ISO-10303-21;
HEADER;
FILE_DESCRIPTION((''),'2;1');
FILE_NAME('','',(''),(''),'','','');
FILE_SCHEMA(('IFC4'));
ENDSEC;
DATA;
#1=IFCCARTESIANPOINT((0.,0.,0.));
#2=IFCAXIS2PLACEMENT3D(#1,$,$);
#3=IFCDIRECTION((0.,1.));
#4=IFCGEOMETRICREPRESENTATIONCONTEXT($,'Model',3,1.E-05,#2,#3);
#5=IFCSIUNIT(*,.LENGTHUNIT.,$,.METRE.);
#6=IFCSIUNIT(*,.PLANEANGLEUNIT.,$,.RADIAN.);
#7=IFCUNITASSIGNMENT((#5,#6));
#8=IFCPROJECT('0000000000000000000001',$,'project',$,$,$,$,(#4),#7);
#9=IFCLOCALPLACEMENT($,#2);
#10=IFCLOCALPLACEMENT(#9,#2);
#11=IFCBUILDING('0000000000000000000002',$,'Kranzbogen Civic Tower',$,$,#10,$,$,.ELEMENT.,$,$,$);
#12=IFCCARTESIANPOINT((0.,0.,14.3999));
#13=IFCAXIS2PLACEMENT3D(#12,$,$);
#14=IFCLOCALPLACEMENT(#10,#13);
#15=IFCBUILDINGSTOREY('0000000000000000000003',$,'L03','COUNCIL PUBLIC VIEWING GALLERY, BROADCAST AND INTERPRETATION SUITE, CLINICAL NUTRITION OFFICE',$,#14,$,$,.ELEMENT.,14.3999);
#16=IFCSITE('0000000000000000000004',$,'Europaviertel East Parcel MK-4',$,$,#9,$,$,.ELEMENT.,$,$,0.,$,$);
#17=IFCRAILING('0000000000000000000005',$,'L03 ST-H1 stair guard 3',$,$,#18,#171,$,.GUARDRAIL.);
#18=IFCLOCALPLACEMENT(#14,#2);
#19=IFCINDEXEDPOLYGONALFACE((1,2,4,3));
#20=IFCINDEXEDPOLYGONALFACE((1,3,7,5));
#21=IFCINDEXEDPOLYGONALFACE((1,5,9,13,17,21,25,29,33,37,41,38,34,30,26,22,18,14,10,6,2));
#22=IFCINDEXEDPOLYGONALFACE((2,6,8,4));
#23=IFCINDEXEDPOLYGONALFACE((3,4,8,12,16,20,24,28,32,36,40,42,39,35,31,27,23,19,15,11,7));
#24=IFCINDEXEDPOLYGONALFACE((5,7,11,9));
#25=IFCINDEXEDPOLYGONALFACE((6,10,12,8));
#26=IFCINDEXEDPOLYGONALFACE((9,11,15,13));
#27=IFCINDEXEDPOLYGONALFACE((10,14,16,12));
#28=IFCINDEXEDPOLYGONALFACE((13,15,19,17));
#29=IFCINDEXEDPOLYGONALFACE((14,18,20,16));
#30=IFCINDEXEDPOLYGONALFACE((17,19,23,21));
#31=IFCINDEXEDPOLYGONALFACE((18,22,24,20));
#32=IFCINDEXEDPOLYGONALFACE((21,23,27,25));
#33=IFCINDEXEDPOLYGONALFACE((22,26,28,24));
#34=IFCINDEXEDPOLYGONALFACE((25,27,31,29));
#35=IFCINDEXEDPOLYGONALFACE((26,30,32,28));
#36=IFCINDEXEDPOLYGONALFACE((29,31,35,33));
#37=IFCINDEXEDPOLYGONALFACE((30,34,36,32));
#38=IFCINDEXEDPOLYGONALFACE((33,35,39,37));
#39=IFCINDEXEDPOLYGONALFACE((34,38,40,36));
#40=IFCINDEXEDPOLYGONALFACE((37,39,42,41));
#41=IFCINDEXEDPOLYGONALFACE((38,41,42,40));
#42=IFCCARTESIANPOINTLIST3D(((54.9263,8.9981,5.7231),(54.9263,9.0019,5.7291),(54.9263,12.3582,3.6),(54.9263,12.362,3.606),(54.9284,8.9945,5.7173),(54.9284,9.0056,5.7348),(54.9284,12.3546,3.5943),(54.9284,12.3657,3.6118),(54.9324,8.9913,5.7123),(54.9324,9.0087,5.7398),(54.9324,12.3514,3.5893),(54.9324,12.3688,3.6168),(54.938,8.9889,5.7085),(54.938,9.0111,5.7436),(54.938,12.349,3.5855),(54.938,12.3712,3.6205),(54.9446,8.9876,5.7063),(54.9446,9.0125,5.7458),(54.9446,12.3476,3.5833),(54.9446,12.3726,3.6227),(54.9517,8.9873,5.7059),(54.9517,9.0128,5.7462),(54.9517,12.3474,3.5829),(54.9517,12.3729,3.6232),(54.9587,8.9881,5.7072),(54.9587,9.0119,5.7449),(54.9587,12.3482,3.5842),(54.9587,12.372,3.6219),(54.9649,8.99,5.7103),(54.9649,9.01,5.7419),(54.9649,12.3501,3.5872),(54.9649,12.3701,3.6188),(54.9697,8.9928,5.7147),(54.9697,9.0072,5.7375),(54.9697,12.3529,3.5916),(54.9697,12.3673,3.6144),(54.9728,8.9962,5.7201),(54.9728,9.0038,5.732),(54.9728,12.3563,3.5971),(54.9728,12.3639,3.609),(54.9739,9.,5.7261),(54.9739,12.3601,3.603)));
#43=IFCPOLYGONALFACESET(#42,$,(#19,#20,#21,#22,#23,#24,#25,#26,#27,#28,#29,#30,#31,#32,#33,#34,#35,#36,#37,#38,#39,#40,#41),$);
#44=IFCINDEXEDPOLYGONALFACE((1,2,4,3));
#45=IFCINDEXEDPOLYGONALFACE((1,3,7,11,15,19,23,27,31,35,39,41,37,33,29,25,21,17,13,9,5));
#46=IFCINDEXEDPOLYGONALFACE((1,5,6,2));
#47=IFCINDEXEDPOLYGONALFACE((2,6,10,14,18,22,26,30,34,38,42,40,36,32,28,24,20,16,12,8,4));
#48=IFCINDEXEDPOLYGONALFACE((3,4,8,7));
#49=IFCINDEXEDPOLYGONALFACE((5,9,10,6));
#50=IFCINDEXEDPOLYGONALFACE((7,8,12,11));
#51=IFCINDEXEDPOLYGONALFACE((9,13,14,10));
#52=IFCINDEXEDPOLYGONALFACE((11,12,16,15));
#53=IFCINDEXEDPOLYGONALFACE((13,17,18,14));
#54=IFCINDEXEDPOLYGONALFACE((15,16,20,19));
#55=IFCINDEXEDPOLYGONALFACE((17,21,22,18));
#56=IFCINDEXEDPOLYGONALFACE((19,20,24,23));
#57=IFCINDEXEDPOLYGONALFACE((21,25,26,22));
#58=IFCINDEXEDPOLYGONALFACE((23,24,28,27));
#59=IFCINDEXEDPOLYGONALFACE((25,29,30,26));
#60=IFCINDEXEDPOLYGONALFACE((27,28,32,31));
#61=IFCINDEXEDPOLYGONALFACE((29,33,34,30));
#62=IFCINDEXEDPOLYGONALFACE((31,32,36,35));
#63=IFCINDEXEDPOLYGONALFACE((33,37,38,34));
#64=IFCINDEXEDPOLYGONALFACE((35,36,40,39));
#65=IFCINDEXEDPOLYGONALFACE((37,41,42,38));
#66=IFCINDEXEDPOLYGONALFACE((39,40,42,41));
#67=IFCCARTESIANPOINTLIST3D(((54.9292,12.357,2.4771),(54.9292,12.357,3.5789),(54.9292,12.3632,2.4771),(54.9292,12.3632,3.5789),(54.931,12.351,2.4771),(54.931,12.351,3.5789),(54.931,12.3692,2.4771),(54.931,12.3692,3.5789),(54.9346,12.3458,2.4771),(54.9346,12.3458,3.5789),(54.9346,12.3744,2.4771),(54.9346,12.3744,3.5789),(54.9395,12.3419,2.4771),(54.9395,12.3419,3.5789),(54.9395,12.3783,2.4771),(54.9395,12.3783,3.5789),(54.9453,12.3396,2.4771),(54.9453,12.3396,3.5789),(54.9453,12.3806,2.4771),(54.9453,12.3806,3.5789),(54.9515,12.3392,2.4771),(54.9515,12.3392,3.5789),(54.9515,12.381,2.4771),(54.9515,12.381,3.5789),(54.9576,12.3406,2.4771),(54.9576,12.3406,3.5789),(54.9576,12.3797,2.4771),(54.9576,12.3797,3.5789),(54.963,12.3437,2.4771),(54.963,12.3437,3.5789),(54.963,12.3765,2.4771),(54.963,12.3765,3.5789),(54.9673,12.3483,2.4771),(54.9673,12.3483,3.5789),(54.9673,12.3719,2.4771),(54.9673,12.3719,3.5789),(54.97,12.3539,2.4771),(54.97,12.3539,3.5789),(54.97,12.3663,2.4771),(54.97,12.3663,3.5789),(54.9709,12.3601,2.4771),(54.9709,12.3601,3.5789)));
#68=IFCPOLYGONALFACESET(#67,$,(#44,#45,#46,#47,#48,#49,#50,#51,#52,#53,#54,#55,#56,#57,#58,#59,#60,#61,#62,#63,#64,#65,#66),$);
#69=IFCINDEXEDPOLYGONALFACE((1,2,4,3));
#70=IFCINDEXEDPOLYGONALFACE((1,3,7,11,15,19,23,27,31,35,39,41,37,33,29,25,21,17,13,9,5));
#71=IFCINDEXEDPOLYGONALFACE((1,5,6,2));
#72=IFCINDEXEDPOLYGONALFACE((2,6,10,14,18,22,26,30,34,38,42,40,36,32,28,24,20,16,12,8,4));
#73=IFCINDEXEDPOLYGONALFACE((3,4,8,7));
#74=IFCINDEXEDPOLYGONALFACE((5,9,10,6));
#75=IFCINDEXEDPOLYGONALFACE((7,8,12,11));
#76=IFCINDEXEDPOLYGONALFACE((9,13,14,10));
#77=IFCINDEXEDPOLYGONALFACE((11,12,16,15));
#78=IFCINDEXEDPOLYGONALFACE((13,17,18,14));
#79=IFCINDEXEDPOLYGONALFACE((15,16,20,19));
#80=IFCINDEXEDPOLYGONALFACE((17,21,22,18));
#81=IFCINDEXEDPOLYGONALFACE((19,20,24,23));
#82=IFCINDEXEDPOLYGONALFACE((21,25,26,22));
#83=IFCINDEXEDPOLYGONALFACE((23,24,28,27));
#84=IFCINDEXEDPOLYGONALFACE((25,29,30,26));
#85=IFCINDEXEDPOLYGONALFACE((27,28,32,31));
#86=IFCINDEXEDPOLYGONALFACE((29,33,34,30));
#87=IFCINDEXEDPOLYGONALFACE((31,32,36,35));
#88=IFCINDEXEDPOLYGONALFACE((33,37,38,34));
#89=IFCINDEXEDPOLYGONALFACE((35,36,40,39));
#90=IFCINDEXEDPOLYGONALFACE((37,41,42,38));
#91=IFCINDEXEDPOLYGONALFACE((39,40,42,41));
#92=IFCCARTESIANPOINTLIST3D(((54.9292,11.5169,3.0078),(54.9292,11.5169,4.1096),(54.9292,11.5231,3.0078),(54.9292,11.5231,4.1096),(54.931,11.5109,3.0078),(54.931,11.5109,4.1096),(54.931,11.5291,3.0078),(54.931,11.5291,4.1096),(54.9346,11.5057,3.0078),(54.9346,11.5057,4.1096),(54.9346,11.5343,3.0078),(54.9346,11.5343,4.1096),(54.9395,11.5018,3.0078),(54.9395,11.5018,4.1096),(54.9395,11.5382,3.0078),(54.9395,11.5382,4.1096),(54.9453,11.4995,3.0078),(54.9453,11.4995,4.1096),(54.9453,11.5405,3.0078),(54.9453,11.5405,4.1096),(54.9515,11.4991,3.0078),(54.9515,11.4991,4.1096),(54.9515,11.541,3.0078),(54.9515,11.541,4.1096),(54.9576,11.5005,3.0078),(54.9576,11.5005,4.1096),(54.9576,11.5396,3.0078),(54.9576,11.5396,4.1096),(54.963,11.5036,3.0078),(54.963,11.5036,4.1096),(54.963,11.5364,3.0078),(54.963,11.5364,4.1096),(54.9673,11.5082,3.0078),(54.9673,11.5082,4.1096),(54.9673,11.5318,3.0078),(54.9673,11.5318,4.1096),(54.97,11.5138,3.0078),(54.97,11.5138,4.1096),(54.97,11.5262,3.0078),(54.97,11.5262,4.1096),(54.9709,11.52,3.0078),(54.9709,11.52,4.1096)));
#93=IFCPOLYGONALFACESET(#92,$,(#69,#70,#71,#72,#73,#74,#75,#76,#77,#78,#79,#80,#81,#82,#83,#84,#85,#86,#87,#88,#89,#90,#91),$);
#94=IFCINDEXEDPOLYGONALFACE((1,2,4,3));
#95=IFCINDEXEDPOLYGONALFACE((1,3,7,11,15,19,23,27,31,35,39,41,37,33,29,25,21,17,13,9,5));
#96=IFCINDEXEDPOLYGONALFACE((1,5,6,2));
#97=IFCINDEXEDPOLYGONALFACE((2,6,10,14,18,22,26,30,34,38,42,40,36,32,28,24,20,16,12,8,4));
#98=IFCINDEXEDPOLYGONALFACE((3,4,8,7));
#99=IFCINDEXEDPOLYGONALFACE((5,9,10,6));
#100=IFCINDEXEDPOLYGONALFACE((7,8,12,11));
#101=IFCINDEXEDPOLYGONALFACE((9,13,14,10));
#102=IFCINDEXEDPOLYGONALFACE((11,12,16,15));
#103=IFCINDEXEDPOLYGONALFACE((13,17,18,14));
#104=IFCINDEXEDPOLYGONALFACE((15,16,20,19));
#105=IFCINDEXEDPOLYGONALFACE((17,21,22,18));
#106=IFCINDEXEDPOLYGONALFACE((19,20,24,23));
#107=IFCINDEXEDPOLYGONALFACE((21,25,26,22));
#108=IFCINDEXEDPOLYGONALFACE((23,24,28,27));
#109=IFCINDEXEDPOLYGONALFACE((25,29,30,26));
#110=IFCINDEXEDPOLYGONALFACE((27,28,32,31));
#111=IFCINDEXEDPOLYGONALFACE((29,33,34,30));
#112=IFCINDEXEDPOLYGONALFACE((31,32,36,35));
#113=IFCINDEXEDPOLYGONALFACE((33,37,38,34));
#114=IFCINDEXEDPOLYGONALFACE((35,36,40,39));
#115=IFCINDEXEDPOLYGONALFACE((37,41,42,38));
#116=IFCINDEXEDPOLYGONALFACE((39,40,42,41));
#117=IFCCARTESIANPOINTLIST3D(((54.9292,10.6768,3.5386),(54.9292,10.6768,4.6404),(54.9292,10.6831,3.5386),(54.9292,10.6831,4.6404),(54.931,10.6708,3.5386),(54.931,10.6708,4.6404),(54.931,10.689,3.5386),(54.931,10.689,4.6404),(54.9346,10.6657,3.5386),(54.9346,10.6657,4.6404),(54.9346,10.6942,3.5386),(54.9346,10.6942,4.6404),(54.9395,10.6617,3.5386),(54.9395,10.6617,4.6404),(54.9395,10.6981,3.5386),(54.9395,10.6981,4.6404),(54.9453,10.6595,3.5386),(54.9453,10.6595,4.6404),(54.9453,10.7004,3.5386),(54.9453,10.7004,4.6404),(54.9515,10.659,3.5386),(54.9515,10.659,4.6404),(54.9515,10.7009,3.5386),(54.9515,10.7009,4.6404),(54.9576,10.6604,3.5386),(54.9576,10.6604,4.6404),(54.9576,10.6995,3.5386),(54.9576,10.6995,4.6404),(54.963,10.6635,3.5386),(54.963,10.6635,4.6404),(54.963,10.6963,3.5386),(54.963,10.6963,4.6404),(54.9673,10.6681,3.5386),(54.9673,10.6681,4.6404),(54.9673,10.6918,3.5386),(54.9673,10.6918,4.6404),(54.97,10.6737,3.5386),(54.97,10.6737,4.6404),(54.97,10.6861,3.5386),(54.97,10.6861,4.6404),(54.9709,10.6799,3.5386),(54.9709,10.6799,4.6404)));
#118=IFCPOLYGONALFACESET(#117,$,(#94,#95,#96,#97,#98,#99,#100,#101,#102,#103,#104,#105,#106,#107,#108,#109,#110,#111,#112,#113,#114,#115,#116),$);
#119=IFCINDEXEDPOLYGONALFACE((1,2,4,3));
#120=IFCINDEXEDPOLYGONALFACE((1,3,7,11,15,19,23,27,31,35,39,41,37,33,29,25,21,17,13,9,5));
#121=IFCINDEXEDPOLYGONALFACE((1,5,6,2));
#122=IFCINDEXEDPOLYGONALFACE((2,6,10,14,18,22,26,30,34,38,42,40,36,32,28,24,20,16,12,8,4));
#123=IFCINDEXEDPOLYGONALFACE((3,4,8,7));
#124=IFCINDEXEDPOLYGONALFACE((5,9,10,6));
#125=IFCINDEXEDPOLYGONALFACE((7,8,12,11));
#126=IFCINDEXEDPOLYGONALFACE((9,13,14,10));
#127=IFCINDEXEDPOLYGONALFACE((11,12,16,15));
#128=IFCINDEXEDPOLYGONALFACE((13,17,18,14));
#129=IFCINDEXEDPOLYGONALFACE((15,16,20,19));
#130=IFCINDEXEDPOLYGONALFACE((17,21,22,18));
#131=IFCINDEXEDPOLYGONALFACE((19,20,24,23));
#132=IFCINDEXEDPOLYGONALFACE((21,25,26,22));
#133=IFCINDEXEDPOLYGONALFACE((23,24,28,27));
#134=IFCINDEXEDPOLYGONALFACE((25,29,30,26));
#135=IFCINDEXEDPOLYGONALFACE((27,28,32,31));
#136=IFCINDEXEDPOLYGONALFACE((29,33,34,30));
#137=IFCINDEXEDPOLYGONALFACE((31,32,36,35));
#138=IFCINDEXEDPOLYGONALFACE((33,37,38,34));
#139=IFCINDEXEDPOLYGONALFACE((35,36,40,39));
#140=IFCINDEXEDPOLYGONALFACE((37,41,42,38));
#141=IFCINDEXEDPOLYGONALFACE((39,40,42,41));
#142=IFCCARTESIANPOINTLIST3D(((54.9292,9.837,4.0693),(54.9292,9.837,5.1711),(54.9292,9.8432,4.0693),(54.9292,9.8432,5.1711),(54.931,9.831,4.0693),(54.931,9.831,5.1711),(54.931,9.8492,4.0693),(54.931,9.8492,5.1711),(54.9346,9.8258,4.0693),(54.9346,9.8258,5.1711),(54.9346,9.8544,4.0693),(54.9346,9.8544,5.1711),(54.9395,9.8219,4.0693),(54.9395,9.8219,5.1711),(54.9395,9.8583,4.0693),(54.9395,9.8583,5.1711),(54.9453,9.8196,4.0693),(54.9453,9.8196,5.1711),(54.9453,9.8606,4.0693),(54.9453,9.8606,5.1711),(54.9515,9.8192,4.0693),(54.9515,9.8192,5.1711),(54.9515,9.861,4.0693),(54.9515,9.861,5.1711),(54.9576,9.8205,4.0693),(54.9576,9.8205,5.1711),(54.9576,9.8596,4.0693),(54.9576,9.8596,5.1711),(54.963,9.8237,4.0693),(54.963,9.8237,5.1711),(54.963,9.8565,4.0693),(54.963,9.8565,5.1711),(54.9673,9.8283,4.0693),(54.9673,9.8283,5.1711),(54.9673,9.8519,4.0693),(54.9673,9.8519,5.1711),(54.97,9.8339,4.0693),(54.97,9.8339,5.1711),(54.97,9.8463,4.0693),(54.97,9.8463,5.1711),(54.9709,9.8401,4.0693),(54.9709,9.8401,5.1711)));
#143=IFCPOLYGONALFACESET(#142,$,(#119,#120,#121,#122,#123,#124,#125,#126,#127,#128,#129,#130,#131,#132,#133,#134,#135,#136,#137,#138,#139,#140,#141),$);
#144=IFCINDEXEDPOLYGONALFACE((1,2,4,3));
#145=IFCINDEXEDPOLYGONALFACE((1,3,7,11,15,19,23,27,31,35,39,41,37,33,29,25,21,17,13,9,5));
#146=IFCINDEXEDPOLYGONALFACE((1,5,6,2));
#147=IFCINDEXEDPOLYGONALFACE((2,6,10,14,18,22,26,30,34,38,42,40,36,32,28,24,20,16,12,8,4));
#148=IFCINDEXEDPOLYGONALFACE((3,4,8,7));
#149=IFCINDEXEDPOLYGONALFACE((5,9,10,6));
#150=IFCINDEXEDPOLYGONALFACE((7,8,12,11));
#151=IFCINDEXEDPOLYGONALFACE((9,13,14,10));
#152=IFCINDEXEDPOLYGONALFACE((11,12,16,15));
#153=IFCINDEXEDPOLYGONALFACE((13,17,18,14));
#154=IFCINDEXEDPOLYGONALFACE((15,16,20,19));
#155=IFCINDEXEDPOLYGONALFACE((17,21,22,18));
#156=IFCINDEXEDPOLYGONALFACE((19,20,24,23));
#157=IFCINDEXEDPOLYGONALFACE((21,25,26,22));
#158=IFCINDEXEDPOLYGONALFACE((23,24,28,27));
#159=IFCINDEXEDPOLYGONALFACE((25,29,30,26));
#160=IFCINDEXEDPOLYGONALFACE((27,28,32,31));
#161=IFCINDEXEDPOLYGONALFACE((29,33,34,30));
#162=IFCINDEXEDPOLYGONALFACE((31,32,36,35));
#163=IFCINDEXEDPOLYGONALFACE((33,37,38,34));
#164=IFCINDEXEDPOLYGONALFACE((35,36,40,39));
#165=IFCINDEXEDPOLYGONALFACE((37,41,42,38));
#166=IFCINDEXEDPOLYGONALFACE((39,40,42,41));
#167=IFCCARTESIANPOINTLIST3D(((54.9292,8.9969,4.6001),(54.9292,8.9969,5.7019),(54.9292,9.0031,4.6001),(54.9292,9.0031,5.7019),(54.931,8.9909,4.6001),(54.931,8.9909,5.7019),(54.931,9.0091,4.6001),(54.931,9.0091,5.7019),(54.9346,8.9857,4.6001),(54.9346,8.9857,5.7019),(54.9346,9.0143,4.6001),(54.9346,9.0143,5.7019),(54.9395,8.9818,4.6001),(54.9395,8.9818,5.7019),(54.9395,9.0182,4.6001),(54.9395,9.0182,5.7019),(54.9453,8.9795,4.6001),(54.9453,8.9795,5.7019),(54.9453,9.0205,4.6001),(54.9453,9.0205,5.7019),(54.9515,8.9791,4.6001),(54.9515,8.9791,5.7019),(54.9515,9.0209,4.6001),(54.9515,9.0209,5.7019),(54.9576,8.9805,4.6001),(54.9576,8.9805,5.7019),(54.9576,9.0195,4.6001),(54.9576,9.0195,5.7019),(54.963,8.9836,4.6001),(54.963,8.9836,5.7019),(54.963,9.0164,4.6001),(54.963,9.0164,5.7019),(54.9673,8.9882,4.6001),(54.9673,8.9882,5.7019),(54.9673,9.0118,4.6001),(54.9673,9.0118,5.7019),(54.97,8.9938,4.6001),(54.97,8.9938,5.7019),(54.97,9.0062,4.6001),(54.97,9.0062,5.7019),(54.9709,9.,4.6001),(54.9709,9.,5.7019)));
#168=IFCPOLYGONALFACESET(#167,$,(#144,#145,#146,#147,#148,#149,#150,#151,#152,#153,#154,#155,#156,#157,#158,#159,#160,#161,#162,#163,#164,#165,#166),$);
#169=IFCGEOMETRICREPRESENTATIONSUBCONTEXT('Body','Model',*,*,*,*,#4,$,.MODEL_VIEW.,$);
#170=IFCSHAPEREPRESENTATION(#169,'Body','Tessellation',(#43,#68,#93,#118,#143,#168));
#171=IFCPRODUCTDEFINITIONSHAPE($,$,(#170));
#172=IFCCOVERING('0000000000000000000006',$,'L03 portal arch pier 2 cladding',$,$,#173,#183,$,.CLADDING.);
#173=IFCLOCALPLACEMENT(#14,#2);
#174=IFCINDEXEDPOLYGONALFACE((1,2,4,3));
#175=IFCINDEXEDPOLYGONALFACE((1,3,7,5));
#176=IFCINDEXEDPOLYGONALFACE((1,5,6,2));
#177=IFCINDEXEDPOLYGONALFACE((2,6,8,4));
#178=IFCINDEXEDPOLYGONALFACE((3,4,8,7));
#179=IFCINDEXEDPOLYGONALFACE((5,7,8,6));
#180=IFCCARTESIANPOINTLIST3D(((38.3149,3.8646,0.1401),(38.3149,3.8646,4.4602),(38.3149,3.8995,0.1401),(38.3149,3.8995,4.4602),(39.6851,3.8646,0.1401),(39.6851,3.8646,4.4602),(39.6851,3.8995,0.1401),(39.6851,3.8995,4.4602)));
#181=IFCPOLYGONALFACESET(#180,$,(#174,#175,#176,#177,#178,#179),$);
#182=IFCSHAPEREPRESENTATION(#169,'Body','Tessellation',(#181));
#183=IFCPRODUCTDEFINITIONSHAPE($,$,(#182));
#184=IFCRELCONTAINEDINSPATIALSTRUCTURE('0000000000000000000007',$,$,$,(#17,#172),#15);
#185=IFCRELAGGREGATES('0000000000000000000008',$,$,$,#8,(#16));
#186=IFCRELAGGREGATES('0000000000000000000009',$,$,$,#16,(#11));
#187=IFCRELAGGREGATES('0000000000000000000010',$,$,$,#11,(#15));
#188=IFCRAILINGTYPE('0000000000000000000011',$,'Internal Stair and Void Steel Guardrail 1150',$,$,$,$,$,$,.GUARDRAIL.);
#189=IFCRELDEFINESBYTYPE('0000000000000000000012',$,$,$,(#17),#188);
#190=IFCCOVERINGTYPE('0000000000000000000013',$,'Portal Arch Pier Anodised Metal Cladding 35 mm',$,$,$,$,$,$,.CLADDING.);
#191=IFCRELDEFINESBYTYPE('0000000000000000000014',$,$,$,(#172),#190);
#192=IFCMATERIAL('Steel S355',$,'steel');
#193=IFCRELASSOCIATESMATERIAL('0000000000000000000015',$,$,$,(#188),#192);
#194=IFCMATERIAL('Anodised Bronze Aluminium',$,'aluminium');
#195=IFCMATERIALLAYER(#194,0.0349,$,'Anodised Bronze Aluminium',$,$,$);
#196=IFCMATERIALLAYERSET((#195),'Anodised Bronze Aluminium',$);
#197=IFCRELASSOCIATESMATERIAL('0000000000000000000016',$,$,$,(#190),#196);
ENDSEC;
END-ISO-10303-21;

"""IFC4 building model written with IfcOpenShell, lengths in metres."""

from ifc_helpers import new_model, si_unit, direction, frame, origin, origin_2d, place, context, subcontext, project, spatial, rectangle, circle, extrude, material, layer, layer_set, type_object, element, save


model = new_model("IFC4")

# Units and contexts
model_context = context("Model", 3, precision=1e-05, world=origin(), true_north=direction((0.0, 1.0)))
body_context = subcontext(model_context, "Body", "Model", "MODEL_VIEW")
ifc_project = project(units=[si_unit("LENGTHUNIT", "METRE"), si_unit("PLANEANGLEUNIT", "RADIAN")], contexts=[model_context])

# Site, building, storey
site_placement = place(None, origin())
site = spatial("IfcSite", under=ifc_project, at=site_placement, Name="Europaviertel East Parcel MK-4", CompositionType="ELEMENT", RefElevation=0.0)
building_placement = place(site_placement, origin())
building = spatial("IfcBuilding", under=site, at=building_placement, Name="Kranzbogen Civic Tower", CompositionType="ELEMENT")
storey_placement = place(building_placement, frame((0.0, 0.0, 14.3999)))
storey = spatial("IfcBuildingStorey", under=building, at=storey_placement, Name="L03", Description="COUNCIL PUBLIC VIEWING GALLERY, BROADCAST AND INTERPRETATION SUITE, CLINICAL NUTRITION OFFICE", CompositionType="ELEMENT", Elevation=14.3999)

# Shared definitions
ifc_material_1 = material(Name="Steel S355", Category="steel")

# Railing
railing_type_1 = type_object("IfcRailingType", Name="Internal Stair and Void Steel Guardrail 1150", PredefinedType="GUARDRAIL", material=ifc_material_1)
railing_1_placement = place(storey_placement, frame((54.95, 12.3601, 2.4771)))
element("IfcRailing", 1, at=railing_1_placement, inside=storey, type_object=railing_type_1, Name="L03 ST-H1 stair guard 3", PredefinedType="GUARDRAIL", context=body_context, shape_type="SweptSolid", body=[
    extrude(circle(Radius=0.0239, at=origin_2d()), frame((0.0, 0.0, 1.126), z_axis=(0.0, -0.84539, 0.53415), x_axis=(1.0, 0.0, 0.0)), (0.0, 0.0, 1.0), 3.9746),
    extrude(circle(Radius=0.021, at=origin_2d()), origin(), (0.0, 0.0, 1.0), 1.1018),
    extrude(circle(Radius=0.021, at=origin_2d()), frame((0.0, -0.8401, 0.5308)), (0.0, 0.0, 1.0), 1.1018),
    extrude(circle(Radius=0.021, at=origin_2d()), frame((0.0, -1.6802, 1.0615)), (0.0, 0.0, 1.0), 1.1018),
    extrude(circle(Radius=0.021, at=origin_2d()), frame((0.0, -2.52, 1.5923)), (0.0, 0.0, 1.0), 1.1018),
    extrude(circle(Radius=0.021, at=origin_2d()), frame((0.0, -3.3601, 2.123)), (0.0, 0.0, 1.0), 1.1018),
])

# Covering
ifc_material_2 = material(Name="Anodised Bronze Aluminium", Category="aluminium")
ifc_layer_1 = layer(ifc_material_2, 0.0349, Name="Anodised Bronze Aluminium")
ifc_layer_set_1 = layer_set([ifc_layer_1], Name="Anodised Bronze Aluminium")
covering_type = type_object("IfcCoveringType", Name="Portal Arch Pier Anodised Metal Cladding 35 mm", PredefinedType="CLADDING", material=ifc_layer_set_1)
covering_placement = place(storey_placement, frame((39.0, 3.8821, 0.1401), z_axis=(0.0, 0.0, 1.0), x_axis=(1.0, 0.0, 0.0)))
element("IfcCovering", 2, at=covering_placement, inside=storey, type_object=covering_type, Name="L03 portal arch pier 2 cladding", PredefinedType="CLADDING", context=body_context, shape_type="SweptSolid", body=[
    extrude(rectangle(XDim=1.3701, YDim=0.0349, at=origin_2d()), origin(), (0.0, 0.0, 1.0), 4.3201),
])

save(model, "model.ifc")
